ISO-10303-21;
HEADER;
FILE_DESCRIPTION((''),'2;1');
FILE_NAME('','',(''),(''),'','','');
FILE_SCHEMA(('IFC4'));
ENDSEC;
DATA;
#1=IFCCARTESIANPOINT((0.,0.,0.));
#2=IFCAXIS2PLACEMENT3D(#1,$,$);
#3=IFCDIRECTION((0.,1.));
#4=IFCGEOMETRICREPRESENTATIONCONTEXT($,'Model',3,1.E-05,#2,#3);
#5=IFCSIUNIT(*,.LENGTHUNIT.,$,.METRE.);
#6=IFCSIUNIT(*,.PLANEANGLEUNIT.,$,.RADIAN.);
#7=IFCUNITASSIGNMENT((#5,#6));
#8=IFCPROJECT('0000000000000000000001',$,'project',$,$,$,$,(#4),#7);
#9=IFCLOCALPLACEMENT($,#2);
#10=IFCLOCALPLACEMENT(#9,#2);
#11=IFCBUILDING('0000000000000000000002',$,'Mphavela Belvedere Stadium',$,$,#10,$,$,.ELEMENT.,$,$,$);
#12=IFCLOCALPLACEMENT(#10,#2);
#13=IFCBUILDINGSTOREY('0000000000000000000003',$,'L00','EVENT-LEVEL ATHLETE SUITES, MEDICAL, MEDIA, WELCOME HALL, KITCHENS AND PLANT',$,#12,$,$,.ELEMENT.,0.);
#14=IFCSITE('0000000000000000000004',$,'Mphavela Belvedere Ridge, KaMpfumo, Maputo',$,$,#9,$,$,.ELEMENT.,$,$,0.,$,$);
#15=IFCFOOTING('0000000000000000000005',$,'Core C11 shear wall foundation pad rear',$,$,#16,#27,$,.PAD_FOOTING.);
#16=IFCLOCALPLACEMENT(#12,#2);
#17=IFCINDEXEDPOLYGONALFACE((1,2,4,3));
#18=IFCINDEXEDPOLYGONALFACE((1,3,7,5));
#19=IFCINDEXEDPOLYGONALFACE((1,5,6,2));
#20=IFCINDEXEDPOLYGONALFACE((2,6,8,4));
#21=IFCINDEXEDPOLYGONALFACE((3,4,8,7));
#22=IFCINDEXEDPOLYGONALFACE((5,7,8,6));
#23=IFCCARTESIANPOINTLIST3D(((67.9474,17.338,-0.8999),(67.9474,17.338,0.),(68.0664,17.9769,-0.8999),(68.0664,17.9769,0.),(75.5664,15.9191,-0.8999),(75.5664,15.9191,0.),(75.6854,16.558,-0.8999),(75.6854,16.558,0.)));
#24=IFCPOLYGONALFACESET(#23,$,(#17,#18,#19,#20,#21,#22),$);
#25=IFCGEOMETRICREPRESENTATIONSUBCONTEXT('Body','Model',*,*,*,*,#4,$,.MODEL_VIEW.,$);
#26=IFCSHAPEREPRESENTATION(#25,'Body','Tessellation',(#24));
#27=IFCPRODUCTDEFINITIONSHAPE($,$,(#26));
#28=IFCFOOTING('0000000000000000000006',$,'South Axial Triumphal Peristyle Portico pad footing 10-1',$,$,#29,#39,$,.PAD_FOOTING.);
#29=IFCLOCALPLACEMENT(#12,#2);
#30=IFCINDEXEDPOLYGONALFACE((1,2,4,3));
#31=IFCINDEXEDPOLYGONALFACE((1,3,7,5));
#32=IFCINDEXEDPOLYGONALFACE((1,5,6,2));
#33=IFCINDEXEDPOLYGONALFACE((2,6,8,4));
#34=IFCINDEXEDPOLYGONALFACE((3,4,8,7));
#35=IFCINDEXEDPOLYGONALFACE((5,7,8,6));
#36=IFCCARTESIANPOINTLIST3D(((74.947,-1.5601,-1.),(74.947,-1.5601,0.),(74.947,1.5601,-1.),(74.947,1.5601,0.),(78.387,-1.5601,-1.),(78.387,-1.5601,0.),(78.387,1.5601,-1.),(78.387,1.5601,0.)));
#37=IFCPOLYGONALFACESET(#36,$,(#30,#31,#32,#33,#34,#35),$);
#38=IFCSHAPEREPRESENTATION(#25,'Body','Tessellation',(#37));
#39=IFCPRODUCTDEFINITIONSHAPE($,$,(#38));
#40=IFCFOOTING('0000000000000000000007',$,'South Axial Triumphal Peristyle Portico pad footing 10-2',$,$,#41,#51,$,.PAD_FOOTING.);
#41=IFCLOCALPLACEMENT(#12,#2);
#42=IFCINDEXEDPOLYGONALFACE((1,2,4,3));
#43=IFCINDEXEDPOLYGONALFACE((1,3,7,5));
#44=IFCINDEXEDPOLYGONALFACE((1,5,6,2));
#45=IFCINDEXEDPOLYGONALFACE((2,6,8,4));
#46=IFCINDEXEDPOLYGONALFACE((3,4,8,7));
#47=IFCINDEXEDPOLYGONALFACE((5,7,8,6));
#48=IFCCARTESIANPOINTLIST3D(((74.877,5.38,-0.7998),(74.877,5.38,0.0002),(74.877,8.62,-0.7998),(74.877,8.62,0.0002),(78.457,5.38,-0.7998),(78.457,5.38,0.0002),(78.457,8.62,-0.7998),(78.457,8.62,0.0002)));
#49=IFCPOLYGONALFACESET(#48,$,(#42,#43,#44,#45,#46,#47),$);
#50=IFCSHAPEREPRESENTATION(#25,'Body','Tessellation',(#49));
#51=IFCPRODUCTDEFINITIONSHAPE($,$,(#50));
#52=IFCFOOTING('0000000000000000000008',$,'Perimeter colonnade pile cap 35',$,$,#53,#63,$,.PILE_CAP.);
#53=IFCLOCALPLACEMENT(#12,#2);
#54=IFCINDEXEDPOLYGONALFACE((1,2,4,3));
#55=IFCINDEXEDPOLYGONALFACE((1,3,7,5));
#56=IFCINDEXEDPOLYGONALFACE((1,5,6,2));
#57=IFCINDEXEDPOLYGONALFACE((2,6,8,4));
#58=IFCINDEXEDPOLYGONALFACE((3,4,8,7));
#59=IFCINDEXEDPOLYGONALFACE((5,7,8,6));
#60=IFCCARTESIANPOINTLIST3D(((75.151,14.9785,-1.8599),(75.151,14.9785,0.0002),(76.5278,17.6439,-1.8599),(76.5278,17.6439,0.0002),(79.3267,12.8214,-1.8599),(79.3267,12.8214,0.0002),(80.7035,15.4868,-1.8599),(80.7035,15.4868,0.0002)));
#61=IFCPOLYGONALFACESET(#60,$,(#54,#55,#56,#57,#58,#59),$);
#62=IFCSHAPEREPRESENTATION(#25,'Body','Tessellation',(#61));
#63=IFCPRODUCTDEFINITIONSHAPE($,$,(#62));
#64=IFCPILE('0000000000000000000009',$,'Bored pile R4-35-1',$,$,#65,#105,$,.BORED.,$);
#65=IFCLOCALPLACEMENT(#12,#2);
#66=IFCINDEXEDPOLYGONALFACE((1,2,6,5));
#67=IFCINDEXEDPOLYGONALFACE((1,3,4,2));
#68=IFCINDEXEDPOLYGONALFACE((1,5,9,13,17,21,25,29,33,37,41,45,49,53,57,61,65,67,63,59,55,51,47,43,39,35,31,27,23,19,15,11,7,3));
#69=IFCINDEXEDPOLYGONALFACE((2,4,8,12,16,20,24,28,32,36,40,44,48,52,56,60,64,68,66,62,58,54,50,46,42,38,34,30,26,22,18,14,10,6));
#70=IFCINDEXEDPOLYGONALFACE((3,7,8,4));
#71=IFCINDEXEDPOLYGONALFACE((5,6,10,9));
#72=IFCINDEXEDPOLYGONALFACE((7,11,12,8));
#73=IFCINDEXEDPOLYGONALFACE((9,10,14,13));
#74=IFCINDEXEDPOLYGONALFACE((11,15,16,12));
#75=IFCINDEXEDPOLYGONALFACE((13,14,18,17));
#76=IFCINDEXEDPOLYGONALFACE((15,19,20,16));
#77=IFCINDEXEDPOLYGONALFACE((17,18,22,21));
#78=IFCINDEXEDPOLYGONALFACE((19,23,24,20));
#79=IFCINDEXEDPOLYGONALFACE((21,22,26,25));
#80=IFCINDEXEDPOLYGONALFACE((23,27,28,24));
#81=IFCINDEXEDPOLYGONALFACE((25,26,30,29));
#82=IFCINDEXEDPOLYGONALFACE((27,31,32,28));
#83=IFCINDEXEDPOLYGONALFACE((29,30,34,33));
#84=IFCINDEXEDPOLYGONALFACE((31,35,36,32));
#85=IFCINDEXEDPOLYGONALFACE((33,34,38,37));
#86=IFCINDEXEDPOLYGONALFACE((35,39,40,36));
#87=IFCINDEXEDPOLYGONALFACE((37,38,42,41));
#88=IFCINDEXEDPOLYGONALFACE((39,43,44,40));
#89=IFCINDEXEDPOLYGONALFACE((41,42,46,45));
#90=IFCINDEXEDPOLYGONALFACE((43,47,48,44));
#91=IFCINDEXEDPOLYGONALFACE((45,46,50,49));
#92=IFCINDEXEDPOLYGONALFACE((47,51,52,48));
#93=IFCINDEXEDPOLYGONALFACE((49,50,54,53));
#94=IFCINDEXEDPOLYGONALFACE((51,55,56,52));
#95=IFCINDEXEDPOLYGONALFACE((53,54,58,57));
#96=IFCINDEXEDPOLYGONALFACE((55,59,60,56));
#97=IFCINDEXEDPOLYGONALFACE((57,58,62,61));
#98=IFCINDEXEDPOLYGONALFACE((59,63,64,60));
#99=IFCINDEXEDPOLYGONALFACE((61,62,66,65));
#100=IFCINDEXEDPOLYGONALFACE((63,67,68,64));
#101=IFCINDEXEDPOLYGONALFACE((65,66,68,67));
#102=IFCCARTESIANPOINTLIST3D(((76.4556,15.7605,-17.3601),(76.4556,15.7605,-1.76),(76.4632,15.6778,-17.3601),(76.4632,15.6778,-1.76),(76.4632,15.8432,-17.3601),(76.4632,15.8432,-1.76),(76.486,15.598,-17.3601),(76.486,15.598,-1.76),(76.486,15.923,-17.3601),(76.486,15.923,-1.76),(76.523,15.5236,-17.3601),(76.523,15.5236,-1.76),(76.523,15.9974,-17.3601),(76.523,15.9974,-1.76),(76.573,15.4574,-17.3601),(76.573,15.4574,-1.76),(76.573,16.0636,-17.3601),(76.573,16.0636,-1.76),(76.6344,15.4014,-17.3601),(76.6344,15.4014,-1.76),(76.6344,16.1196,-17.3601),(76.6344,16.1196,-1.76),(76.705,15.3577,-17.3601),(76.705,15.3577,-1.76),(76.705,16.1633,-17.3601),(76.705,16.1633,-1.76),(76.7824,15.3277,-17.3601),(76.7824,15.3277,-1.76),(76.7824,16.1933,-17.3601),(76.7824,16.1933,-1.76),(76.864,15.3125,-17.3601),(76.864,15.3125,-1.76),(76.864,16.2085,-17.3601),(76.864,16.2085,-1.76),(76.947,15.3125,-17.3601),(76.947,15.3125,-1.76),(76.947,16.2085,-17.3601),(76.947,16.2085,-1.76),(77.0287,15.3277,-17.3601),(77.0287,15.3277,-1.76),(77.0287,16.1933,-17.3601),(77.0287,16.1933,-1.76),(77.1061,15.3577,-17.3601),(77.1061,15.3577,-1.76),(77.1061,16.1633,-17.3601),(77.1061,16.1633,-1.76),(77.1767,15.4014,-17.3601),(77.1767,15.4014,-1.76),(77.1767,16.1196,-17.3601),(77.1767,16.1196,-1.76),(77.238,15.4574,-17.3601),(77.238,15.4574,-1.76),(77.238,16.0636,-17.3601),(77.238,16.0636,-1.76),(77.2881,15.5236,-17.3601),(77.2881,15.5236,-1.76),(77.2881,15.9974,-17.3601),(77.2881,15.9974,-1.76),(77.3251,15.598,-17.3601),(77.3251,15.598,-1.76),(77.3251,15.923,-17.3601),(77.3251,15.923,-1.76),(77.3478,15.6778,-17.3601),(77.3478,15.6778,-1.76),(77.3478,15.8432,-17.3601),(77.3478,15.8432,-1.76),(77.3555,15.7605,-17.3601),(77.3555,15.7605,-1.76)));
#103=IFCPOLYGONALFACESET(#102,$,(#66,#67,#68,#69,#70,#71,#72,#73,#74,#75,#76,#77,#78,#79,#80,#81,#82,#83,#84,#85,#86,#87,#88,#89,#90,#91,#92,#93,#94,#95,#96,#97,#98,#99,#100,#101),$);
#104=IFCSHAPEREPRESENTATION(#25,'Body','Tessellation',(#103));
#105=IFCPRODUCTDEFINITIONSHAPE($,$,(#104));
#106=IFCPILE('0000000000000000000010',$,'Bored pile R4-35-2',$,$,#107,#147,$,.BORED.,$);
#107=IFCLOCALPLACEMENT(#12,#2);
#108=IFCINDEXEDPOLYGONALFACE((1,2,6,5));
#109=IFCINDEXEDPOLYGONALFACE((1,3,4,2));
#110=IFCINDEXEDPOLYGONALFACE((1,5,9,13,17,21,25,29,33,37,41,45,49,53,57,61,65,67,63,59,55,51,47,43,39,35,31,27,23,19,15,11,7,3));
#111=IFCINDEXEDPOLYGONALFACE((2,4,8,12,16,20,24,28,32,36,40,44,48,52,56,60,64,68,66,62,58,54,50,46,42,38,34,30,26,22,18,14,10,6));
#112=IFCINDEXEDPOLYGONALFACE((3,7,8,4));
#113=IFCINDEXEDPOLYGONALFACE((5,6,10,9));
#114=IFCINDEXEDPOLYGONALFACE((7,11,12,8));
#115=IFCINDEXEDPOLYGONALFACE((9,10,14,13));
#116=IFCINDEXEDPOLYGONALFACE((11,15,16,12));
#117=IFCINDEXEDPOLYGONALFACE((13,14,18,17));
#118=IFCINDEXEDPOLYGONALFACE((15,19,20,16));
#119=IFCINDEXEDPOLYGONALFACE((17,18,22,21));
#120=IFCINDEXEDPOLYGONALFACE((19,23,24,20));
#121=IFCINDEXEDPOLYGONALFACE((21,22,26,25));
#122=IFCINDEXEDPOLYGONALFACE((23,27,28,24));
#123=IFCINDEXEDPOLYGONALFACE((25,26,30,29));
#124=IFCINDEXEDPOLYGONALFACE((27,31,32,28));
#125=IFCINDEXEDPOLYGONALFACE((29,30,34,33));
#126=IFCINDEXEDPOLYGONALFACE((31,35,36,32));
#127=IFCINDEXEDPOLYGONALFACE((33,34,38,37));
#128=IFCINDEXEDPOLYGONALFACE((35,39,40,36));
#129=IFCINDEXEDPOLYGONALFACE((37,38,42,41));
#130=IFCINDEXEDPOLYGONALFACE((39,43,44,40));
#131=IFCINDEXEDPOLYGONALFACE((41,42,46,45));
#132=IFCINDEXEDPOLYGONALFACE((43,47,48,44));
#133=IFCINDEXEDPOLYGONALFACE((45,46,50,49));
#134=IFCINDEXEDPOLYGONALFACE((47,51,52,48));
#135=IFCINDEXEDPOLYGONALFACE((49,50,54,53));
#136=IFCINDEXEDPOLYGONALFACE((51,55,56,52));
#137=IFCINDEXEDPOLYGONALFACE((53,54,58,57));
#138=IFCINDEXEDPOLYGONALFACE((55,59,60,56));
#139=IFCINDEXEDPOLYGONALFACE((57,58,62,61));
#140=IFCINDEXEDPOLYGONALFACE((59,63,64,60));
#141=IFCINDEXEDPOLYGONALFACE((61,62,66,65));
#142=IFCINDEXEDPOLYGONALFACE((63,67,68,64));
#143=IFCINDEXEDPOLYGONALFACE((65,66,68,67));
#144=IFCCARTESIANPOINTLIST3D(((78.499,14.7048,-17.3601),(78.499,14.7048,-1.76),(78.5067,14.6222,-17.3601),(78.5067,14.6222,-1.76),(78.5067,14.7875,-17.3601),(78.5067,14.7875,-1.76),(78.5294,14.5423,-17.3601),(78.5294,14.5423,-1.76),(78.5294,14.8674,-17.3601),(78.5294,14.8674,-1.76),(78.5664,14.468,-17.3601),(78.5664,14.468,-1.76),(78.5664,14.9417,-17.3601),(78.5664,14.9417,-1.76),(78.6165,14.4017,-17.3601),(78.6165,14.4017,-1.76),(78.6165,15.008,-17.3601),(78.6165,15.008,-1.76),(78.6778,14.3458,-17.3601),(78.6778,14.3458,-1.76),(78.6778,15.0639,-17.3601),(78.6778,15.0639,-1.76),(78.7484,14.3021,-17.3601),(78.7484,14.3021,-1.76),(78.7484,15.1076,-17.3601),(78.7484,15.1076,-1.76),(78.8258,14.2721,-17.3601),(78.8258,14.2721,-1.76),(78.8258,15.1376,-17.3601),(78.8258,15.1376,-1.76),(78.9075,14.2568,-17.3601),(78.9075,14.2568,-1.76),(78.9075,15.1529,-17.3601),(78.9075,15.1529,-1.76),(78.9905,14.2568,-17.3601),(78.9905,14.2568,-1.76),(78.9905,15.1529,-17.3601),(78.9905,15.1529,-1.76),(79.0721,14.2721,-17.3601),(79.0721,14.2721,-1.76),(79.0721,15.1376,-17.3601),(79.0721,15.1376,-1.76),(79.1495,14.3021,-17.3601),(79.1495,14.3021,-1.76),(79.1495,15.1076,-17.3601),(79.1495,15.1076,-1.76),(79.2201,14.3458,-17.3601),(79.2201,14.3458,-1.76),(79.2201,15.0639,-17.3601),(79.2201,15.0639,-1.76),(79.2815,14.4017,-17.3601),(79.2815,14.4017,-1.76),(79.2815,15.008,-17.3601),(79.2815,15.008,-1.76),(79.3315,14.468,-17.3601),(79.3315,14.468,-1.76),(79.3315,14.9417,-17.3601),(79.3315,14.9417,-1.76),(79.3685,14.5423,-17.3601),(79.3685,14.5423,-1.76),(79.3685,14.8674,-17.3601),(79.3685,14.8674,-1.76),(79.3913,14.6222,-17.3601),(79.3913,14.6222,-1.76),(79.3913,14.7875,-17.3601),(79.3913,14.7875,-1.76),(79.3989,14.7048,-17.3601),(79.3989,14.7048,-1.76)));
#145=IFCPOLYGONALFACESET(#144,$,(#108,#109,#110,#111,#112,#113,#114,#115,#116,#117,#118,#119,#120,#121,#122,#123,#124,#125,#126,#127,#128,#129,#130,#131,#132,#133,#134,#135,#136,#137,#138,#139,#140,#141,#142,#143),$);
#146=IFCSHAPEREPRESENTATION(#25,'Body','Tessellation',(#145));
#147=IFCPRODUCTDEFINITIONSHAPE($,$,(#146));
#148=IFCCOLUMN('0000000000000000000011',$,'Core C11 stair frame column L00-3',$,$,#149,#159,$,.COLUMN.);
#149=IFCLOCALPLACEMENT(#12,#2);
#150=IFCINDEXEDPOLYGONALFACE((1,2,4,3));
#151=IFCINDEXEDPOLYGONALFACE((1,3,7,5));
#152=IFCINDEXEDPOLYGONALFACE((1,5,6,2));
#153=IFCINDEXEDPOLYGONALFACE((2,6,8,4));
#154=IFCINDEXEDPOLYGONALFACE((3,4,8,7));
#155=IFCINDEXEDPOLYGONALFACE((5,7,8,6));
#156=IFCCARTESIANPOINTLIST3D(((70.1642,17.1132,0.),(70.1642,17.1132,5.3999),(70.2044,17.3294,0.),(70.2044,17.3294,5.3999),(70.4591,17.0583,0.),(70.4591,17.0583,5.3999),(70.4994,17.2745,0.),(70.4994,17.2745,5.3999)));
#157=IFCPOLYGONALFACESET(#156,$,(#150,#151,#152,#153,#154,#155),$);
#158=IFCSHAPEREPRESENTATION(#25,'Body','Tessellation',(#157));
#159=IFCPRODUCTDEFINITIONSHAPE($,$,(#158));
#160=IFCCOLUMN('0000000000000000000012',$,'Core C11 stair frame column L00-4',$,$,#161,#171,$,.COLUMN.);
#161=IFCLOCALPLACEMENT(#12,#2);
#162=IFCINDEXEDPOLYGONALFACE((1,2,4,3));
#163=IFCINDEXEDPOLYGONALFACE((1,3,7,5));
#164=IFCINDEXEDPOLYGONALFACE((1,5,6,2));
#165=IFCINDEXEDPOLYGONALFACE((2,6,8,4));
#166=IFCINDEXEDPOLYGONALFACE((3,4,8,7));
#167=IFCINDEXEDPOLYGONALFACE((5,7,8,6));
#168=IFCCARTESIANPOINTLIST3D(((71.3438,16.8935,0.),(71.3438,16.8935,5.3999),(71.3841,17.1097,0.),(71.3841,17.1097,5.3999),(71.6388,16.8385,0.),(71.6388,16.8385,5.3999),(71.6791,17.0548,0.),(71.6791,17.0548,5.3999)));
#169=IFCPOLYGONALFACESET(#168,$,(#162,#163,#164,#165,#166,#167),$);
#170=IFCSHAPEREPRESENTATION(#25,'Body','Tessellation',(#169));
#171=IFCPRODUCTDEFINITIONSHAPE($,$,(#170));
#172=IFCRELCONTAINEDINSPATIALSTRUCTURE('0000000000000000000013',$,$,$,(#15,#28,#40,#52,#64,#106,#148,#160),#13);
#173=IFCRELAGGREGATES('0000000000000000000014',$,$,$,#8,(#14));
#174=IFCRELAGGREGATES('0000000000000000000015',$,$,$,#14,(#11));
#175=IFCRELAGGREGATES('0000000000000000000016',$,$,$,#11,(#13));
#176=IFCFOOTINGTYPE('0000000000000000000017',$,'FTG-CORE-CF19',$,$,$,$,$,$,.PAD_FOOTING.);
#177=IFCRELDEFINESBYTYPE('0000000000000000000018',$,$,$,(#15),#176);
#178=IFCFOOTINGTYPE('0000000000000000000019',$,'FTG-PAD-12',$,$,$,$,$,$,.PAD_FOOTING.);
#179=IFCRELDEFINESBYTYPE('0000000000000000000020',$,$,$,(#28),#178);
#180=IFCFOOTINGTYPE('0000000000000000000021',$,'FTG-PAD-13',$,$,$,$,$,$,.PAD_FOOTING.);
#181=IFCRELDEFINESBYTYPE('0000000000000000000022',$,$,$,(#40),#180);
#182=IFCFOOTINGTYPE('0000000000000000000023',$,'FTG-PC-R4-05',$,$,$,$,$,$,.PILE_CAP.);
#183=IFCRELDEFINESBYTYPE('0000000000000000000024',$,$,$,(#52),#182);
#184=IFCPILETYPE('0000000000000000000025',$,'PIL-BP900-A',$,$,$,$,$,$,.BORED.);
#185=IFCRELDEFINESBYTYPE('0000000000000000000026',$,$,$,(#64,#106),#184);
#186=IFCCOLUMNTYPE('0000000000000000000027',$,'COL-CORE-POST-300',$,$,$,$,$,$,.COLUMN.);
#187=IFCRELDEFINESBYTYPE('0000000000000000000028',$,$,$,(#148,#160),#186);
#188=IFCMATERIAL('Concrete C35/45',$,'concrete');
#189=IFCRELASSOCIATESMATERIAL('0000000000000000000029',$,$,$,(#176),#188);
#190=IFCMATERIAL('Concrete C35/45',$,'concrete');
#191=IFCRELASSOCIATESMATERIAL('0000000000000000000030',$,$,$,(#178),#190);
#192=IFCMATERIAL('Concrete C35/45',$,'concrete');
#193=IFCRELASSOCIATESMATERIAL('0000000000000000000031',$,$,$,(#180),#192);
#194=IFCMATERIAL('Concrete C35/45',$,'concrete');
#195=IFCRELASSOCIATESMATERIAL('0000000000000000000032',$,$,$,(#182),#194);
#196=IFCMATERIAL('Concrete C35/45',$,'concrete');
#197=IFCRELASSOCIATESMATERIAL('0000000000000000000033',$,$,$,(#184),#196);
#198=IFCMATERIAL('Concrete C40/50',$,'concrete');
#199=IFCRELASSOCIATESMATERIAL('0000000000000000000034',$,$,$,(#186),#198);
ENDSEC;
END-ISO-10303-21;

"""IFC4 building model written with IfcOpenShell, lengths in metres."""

from ifc_helpers import new_model, si_unit, direction, frame, origin, origin_2d, place, context, subcontext, project, spatial, rectangle, circle, extrude, material, material_profile, profile_set, type_object, element, save


model = new_model("IFC4")

# Units and contexts
model_context = context("Model", 3, precision=1e-05, world=origin(), true_north=direction((0.0, 1.0)))
body_context = subcontext(model_context, "Body", "Model", "MODEL_VIEW")
ifc_project = project(units=[si_unit("LENGTHUNIT", "METRE"), si_unit("PLANEANGLEUNIT", "RADIAN")], contexts=[model_context])

# Site, building, storey
site_placement = place(None, origin())
site = spatial("IfcSite", under=ifc_project, at=site_placement, Name="Mphavela Belvedere Ridge, KaMpfumo, Maputo", CompositionType="ELEMENT", RefElevation=0.0)
building_placement = place(site_placement, origin())
building = spatial("IfcBuilding", under=site, at=building_placement, Name="Mphavela Belvedere Stadium", CompositionType="ELEMENT")
storey_placement = place(building_placement, origin())
storey = spatial("IfcBuildingStorey", under=building, at=storey_placement, Name="L00", Description="EVENT-LEVEL ATHLETE SUITES, MEDICAL, MEDIA, WELCOME HALL, KITCHENS AND PLANT", CompositionType="ELEMENT", Elevation=0.0)

# Footings
ifc_material_1 = material(Name="Concrete C35/45", Category="concrete")
footing_type_1 = type_object("IfcFootingType", Name="FTG-CORE-CF19", PredefinedType="PAD_FOOTING", material=ifc_material_1)
footing_1_placement = place(storey_placement, frame((71.8164, 16.948, -0.8999), z_axis=(0.0, 0.0, 1.0), x_axis=(-0.983096, 0.183094, 0.0)))
element("IfcFooting", 1, at=footing_1_placement, inside=storey, type_object=footing_type_1, Name="Core C11 shear wall foundation pad rear", PredefinedType="PAD_FOOTING", context=body_context, shape_type="SweptSolid", body=[
    extrude(rectangle(XDim=7.75, YDim=0.6499, at=origin_2d()), origin(), (0.0, 0.0, 1.0), 0.8999),
])
ifc_material_2 = material(Name="Concrete C35/45", Category="concrete")
footing_type_2 = type_object("IfcFootingType", Name="FTG-PAD-12", PredefinedType="PAD_FOOTING", material=ifc_material_2)
footing_2_placement = place(storey_placement, frame((76.667, 0.0, -1.0), z_axis=(0.0, 0.0, 1.0), x_axis=(1.0, 0.0, 0.0)))
element("IfcFooting", 2, at=footing_2_placement, inside=storey, type_object=footing_type_2, Name="South Axial Triumphal Peristyle Portico pad footing 10-1", PredefinedType="PAD_FOOTING", context=body_context, shape_type="SweptSolid", body=[
    extrude(rectangle(XDim=3.4399, YDim=3.1201, at=origin_2d()), origin(), (0.0, 0.0, 1.0), 1.0),
])
ifc_material_3 = material(Name="Concrete C35/45", Category="concrete")
footing_type_3 = type_object("IfcFootingType", Name="FTG-PAD-13", PredefinedType="PAD_FOOTING", material=ifc_material_3)
footing_3_placement = place(storey_placement, frame((76.667, 7.0, -0.7998), z_axis=(0.0, 0.0, 1.0), x_axis=(1.0, 0.0, 0.0)))
element("IfcFooting", 3, at=footing_3_placement, inside=storey, type_object=footing_type_3, Name="South Axial Triumphal Peristyle Portico pad footing 10-2", PredefinedType="PAD_FOOTING", context=body_context, shape_type="SweptSolid", body=[
    extrude(rectangle(XDim=3.5801, YDim=3.24, at=origin_2d()), origin(), (0.0, 0.0, 1.0), 0.8),
])
ifc_material_4 = material(Name="Concrete C35/45", Category="concrete")
footing_type_4 = type_object("IfcFootingType", Name="FTG-PC-R4-05", PredefinedType="PILE_CAP", material=ifc_material_4)
footing_4_placement = place(storey_placement, frame((77.9272, 15.2327, -1.8599), z_axis=(0.0, 0.0, 1.0), x_axis=(0.888457, -0.45896, 0.0)))
element("IfcFooting", 4, at=footing_4_placement, inside=storey, type_object=footing_type_4, Name="Perimeter colonnade pile cap 35", PredefinedType="PILE_CAP", context=body_context, shape_type="SweptSolid", body=[
    extrude(rectangle(XDim=4.7, YDim=3.0, at=origin_2d()), origin(), (0.0, 0.0, 1.0), 1.8601),
])

# Piles
ifc_material_5 = material(Name="Concrete C35/45", Category="concrete")
ifc_material_profile_1 = material_profile(ifc_material_5, circle(Radius=0.45, at=origin_2d()), Name="BP D900")
ifc_profile_set_1 = profile_set([ifc_material_profile_1], Name="Concrete C35/45")
pile_type = type_object("IfcPileType", Name="PIL-BP900-A", PredefinedType="BORED", material=ifc_profile_set_1)
for number, where, z_axis, x_axis, name in (
    (5, (76.9055, 15.7605, -1.76), (0.0, 0.0, -1.0), (1.0, 0.0, 0.0), "Bored pile R4-35-1"),
    (6, (78.949, 14.7048, -1.76), (0.0, 0.0, -1.0), (1.0, 0.0, 0.0), "Bored pile R4-35-2"),
):
    element("IfcPile", number, at=place(storey_placement, frame(where, z_axis=z_axis, x_axis=x_axis)), inside=storey, type_object=pile_type, Name=name, PredefinedType="BORED", context=body_context, shape_type="SweptSolid", body=[
        extrude(circle(Radius=0.45, at=origin_2d()), origin(), (0.0, 0.0, 1.0), 15.6001),
    ])

# Columns
ifc_material_6 = material(Name="Concrete C40/50", Category="concrete")
ifc_material_profile_2 = material_profile(ifc_material_6, rectangle(XDim=0.3, YDim=0.22, at=origin_2d()), Name="RC 300x220")
ifc_profile_set_2 = profile_set([ifc_material_profile_2], Name="Concrete C40/50")
column_type_1 = type_object("IfcColumnType", Name="COL-CORE-POST-300", PredefinedType="COLUMN", material=ifc_profile_set_2)
for number, where, z_axis, x_axis, name in (
    (7, (70.3318, 17.1938, 0.0), (0.0, 0.0, 1.0), (-0.983096, 0.183094, 0.0), "Core C11 stair frame column L00-3"),
    (8, (71.5115, 16.9741, 0.0), (0.0, 0.0, 1.0), (-0.983096, 0.183094, 0.0), "Core C11 stair frame column L00-4"),
):
    element("IfcColumn", number, at=place(storey_placement, frame(where, z_axis=z_axis, x_axis=x_axis)), inside=storey, type_object=column_type_1, Name=name, PredefinedType="COLUMN", context=body_context, shape_type="SweptSolid", body=[
        extrude(rectangle(XDim=0.3, YDim=0.22, at=origin_2d()), origin(), (0.0, 0.0, 1.0), 5.3999),
    ])

save(model, "model.ifc")
